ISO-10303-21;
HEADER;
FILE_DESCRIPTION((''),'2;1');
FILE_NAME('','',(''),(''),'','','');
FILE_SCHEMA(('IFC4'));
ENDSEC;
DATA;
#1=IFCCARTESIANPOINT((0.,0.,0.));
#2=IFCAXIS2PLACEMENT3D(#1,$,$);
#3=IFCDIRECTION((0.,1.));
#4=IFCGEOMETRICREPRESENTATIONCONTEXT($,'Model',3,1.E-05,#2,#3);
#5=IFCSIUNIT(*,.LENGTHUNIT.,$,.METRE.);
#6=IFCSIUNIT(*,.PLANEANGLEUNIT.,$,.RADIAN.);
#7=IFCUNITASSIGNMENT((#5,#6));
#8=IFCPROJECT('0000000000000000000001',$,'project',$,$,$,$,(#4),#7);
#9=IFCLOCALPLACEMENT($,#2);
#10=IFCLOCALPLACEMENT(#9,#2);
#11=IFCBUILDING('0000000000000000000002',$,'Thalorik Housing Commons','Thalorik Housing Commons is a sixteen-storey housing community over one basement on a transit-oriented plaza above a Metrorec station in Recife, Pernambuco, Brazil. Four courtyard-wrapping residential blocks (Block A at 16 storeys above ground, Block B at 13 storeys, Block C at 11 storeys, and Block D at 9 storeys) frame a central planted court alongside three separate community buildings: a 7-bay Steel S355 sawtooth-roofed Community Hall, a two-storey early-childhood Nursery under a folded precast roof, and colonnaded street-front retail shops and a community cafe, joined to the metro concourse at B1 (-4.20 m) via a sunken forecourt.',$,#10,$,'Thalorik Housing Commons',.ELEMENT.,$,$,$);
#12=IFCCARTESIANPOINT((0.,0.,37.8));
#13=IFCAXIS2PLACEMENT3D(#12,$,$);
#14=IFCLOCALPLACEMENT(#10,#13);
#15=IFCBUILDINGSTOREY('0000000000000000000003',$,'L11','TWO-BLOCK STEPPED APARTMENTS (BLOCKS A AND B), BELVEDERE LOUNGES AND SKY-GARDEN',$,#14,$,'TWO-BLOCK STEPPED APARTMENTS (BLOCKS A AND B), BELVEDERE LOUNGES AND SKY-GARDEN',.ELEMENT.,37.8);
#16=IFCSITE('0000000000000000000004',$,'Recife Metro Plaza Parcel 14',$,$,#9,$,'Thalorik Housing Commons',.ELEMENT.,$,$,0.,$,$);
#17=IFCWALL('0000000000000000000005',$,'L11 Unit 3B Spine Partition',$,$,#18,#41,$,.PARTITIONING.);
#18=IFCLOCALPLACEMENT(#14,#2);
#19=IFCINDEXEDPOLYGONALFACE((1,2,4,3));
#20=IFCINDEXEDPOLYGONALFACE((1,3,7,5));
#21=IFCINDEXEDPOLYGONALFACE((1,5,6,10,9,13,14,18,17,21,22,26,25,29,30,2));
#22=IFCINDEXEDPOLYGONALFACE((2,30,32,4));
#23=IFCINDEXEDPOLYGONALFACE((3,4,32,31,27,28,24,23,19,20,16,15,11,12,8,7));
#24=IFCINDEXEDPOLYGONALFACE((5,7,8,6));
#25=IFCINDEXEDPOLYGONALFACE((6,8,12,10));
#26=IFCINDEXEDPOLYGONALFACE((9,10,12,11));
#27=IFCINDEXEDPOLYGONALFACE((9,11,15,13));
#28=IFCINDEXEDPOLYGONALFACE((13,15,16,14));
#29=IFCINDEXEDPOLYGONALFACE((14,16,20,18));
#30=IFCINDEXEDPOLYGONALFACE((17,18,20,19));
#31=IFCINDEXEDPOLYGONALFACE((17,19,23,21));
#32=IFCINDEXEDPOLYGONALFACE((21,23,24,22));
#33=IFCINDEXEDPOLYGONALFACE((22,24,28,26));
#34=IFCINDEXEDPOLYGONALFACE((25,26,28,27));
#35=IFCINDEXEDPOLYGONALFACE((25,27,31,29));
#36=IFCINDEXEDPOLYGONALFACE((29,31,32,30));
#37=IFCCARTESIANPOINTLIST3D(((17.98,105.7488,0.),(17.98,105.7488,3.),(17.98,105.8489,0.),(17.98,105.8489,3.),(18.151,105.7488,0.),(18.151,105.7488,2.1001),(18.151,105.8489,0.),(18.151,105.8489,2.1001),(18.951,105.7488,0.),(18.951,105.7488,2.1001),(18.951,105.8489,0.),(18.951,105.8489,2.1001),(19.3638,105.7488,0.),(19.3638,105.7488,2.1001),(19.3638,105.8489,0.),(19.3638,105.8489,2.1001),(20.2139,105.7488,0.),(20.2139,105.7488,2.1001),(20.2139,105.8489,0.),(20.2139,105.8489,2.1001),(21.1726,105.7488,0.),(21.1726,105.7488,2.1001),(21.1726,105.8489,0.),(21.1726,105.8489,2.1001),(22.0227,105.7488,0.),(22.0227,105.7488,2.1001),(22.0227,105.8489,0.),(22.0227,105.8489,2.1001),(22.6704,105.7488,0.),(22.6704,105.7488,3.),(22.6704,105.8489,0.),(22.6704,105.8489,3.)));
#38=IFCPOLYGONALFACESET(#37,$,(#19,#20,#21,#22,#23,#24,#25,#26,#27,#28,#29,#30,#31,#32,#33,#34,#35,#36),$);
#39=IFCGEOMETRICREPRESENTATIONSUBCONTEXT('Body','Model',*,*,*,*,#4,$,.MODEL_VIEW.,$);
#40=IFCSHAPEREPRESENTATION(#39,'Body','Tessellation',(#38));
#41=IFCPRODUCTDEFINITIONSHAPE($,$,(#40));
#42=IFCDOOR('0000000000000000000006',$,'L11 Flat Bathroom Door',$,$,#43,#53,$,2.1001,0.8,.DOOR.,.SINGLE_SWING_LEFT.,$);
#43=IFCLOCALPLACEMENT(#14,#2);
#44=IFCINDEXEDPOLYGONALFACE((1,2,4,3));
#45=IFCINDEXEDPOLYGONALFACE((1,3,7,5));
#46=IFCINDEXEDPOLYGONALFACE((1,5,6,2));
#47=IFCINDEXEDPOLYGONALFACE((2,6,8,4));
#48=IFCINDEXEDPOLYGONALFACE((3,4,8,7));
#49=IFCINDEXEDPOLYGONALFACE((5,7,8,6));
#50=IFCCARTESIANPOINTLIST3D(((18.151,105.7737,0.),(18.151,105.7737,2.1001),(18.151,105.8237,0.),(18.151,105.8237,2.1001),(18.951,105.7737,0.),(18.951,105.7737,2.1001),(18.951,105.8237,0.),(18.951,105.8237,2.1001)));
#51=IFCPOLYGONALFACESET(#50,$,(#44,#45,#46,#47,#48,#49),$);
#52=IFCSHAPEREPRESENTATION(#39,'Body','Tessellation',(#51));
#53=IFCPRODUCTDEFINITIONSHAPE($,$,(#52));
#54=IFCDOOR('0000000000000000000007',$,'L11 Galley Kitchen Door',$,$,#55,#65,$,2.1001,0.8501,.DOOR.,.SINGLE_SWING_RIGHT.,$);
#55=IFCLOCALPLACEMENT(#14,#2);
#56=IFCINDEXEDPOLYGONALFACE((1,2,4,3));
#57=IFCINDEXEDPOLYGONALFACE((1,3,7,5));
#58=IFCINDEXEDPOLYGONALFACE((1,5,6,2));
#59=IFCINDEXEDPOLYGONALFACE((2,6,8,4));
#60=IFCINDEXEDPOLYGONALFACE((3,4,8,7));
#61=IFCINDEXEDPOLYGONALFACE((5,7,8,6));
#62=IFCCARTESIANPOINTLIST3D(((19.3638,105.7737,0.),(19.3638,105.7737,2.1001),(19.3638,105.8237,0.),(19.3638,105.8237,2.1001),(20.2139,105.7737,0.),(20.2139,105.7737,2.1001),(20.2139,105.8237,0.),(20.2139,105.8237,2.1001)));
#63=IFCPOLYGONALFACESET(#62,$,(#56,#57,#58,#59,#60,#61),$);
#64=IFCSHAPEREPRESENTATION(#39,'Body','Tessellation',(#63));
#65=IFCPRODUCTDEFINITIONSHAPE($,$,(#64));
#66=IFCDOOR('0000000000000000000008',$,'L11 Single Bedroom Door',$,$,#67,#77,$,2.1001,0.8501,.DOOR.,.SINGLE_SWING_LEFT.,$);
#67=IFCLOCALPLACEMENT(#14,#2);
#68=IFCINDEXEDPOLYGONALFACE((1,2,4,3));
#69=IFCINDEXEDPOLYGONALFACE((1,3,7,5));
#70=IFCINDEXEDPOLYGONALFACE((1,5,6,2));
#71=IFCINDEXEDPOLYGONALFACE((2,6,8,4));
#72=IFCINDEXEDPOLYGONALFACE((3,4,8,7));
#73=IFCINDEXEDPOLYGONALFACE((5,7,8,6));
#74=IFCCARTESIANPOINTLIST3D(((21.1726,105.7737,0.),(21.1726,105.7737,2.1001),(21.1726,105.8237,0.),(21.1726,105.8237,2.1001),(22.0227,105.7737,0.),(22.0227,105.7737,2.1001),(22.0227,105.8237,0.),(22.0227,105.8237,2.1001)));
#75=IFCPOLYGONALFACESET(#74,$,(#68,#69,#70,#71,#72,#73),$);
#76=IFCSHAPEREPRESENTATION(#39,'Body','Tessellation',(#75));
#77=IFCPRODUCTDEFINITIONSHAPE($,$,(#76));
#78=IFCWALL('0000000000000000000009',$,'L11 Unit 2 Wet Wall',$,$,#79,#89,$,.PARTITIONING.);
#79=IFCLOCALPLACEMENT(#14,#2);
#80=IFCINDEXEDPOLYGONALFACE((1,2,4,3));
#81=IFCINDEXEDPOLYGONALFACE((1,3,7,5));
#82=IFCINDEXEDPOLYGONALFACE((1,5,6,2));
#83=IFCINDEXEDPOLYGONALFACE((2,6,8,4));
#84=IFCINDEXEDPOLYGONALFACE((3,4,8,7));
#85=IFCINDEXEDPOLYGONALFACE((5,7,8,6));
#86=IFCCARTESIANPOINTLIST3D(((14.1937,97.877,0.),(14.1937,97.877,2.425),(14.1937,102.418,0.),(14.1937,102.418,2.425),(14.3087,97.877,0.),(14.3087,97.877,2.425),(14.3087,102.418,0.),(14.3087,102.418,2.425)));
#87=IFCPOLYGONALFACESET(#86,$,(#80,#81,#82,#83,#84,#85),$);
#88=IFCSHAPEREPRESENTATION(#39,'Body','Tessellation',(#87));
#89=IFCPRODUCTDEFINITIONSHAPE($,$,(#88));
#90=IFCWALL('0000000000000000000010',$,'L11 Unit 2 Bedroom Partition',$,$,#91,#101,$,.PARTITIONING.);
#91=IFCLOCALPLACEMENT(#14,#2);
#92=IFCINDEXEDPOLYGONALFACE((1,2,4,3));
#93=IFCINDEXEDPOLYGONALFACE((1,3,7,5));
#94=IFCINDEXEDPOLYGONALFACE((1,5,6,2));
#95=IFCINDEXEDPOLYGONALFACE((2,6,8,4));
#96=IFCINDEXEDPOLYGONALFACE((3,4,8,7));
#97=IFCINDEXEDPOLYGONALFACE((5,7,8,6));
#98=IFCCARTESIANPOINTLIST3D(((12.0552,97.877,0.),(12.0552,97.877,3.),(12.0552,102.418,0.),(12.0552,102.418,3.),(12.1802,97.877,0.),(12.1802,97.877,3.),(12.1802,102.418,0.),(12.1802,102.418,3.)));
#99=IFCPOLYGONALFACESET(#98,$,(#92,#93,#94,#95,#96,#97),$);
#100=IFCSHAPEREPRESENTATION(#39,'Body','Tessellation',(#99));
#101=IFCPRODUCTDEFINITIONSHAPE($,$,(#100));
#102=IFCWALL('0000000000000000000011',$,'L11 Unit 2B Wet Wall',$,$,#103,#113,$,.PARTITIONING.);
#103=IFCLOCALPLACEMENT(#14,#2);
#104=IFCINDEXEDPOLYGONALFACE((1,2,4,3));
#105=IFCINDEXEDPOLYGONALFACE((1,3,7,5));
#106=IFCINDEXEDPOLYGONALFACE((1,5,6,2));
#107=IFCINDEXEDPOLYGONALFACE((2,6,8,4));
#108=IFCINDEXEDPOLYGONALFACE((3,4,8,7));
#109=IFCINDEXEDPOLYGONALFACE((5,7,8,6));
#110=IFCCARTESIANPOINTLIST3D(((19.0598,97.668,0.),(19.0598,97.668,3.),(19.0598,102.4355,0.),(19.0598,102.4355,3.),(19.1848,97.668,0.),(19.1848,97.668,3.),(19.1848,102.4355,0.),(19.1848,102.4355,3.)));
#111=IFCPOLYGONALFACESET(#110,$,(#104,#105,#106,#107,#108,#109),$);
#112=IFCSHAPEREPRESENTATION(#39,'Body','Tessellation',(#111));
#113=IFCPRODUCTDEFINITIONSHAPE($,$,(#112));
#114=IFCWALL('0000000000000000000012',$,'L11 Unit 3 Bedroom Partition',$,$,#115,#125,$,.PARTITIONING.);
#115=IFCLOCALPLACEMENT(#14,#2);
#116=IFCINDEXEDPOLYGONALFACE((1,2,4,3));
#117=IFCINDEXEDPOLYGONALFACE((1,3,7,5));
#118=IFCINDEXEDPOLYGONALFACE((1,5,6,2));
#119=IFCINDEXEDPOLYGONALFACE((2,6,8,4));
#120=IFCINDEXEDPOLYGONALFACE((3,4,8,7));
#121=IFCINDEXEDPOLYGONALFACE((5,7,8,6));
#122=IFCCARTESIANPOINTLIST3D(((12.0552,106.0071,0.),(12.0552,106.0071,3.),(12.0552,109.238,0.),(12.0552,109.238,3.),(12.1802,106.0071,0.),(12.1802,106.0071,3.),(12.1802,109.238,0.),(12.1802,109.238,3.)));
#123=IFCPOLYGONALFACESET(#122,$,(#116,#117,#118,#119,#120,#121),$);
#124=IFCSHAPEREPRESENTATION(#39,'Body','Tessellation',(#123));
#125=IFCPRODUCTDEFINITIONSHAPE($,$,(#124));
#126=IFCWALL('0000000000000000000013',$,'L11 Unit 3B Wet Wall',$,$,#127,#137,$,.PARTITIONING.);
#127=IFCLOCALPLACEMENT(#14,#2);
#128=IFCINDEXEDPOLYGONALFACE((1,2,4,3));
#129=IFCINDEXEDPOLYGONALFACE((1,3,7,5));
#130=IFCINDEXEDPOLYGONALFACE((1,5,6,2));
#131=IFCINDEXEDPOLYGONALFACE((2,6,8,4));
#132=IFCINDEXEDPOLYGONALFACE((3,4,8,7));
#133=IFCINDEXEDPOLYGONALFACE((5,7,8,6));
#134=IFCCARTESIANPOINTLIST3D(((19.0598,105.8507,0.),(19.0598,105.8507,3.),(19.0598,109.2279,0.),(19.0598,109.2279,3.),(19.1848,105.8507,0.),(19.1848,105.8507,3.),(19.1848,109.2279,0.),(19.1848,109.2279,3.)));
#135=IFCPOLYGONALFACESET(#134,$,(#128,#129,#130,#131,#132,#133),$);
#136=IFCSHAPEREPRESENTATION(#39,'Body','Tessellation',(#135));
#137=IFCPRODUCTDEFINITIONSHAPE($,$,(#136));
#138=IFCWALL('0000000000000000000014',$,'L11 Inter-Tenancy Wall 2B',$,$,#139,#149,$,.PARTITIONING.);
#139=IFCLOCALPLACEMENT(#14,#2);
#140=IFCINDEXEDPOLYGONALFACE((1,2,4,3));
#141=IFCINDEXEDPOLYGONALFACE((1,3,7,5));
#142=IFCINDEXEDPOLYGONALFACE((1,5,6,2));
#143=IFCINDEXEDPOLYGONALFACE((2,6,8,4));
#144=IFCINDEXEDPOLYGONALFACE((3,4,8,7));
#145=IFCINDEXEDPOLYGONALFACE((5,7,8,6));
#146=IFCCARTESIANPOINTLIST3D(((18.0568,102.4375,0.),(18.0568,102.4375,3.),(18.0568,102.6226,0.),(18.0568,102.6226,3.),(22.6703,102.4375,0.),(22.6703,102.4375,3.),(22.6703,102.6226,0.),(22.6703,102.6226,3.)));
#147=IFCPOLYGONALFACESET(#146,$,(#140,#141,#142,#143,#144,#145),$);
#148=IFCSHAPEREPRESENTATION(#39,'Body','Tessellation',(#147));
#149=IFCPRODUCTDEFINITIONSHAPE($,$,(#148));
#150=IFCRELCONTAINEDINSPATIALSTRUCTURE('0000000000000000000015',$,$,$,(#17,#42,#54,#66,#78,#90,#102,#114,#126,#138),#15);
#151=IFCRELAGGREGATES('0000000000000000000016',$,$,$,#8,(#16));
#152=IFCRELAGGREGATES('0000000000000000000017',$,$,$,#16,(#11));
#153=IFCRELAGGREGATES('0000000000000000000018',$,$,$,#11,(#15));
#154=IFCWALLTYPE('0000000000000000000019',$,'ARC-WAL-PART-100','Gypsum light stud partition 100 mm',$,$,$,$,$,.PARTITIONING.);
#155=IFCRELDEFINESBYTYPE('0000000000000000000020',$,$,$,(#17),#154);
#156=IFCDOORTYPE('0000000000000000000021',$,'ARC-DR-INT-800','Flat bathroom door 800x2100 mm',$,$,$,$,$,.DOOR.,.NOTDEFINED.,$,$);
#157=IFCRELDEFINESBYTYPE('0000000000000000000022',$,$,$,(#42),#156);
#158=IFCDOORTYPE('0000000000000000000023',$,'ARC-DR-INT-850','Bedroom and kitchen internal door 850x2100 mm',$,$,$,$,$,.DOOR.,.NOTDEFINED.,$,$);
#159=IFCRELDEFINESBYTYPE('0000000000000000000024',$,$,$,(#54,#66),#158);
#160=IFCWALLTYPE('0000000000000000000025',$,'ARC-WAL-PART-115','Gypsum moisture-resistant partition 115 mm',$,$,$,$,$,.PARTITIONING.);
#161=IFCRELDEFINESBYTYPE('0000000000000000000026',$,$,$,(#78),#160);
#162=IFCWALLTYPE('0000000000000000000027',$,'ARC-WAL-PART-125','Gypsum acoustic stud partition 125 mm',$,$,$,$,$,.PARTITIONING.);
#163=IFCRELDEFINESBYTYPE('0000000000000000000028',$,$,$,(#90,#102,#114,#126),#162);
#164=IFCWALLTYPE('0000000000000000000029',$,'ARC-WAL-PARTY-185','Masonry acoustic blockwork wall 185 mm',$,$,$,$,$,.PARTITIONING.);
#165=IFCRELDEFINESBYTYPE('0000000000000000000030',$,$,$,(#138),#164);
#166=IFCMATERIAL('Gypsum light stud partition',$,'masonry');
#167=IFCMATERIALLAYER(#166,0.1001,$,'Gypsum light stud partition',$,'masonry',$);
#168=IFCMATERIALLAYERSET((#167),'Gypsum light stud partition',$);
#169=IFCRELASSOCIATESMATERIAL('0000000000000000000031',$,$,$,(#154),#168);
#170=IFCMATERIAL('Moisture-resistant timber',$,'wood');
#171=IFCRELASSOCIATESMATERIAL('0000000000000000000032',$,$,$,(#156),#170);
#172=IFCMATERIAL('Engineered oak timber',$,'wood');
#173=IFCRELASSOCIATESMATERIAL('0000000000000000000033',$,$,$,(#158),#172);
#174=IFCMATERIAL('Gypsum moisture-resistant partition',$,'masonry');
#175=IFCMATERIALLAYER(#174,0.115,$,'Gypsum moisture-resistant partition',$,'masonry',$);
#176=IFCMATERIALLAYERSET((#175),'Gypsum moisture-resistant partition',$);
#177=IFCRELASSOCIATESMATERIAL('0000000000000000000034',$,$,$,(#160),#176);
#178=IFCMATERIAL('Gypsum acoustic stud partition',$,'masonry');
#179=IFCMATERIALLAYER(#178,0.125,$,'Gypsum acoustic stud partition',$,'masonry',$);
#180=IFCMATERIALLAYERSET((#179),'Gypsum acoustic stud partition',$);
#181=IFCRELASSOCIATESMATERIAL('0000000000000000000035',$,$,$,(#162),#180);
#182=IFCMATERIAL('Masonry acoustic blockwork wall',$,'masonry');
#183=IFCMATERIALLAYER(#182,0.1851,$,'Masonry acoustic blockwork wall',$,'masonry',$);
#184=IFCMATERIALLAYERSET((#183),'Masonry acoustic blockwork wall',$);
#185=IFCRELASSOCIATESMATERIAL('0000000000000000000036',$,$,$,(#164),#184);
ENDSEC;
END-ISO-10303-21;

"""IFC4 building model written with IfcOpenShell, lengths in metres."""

from ifc_helpers import new_model, si_unit, direction, frame, frame_2d, origin, place, context, subcontext, project, spatial, rectangle, extrude, material, layer, layer_set, type_object, element, fill, save


model = new_model("IFC4")

# Units and contexts
model_context = context("Model", 3, precision=1e-05, world=origin(), true_north=direction((0.0, 1.0)))
body_context = subcontext(model_context, "Body", "Model", "MODEL_VIEW")
ifc_project = project(units=[si_unit("LENGTHUNIT", "METRE"), si_unit("PLANEANGLEUNIT", "RADIAN")], contexts=[model_context])

# Site, building, storey
site_placement = place(None, origin())
site = spatial("IfcSite", under=ifc_project, at=site_placement, Name="Recife Metro Plaza Parcel 14", LongName="Thalorik Housing Commons", CompositionType="ELEMENT", RefElevation=0.0)
building_placement = place(site_placement, origin())
building = spatial("IfcBuilding", under=site, at=building_placement, Name="Thalorik Housing Commons", Description="Thalorik Housing Commons is a sixteen-storey housing community over one basement on a transit-oriented plaza above a Metrorec station in Recife, Pernambuco, Brazil. Four courtyard-wrapping residential blocks (Block A at 16 storeys above ground, Block B at 13 storeys, Block C at 11 storeys, and Block D at 9 storeys) frame a central planted court alongside three separate community buildings: a 7-bay Steel S355 sawtooth-roofed Community Hall, a two-storey early-childhood Nursery under a folded precast roof, and colonnaded street-front retail shops and a community cafe, joined to the metro concourse at B1 (-4.20 m) via a sunken forecourt.", LongName="Thalorik Housing Commons", CompositionType="ELEMENT")
storey_placement = place(building_placement, frame((0.0, 0.0, 37.8)))
storey = spatial("IfcBuildingStorey", under=building, at=storey_placement, Name="L11", Description="TWO-BLOCK STEPPED APARTMENTS (BLOCKS A AND B), BELVEDERE LOUNGES AND SKY-GARDEN", LongName="TWO-BLOCK STEPPED APARTMENTS (BLOCKS A AND B), BELVEDERE LOUNGES AND SKY-GARDEN", CompositionType="ELEMENT", Elevation=37.8)

# Wall, openings, doors
ifc_material_1 = material(Name="Gypsum light stud partition", Category="masonry")
ifc_layer_1 = layer(ifc_material_1, 0.1001, Name="Gypsum light stud partition", Category="masonry")
ifc_layer_set_1 = layer_set([ifc_layer_1], Name="Gypsum light stud partition")
wall_type_1 = type_object("IfcWallType", Name="ARC-WAL-PART-100", Description="Gypsum light stud partition 100 mm", PredefinedType="PARTITIONING", material=ifc_layer_set_1)
ifc_material_2 = material(Name="Moisture-resistant timber", Category="wood")
door_type_1 = type_object("IfcDoorType", Name="ARC-DR-INT-800", Description="Flat bathroom door 800x2100 mm", OperationType="NOTDEFINED", PredefinedType="DOOR", material=ifc_material_2)
ifc_material_3 = material(Name="Engineered oak timber", Category="wood")
door_type_2 = type_object("IfcDoorType", Name="ARC-DR-INT-850", Description="Bedroom and kitchen internal door 850x2100 mm", OperationType="NOTDEFINED", PredefinedType="DOOR", material=ifc_material_3)
wall_1_placement = place(storey_placement, frame((17.98, 105.7988, 0.0), z_axis=(0.0, 0.0, 1.0), x_axis=(1.0, 0.0, 0.0)))
wall_1 = element("IfcWall", 1, at=wall_1_placement, inside=storey, type_object=wall_type_1, Name="L11 Unit 3B Spine Partition", PredefinedType="PARTITIONING", context=body_context, shape_type="SweptSolid", body=[
    extrude(rectangle(XDim=4.6904, YDim=0.1001, at=frame_2d((2.3452, 0.0))), origin(), (0.0, 0.0, 1.0), 3.0),
])
opening_1_placement = place(wall_1_placement, frame((0.1711, 0.0, 0.0)))
opening_1 = element("IfcOpeningElement", 2, at=opening_1_placement, cuts=wall_1, PredefinedType="OPENING", context=body_context, shape_type="SweptSolid", body=[
    extrude(rectangle(XDim=0.8, YDim=2.1001, at=frame_2d((0.3999, 1.05))), frame((0.0, 0.0601, 0.0), z_axis=(0.0, -1.0, 0.0), x_axis=(1.0, 0.0, 0.0)), (0.0, 0.0, 1.0), 0.1201),
])
opening_2_placement = place(wall_1_placement, frame((1.3838, 0.0, 0.0)))
opening_2 = element("IfcOpeningElement", 3, at=opening_2_placement, cuts=wall_1, PredefinedType="OPENING", context=body_context, shape_type="SweptSolid", body=[
    extrude(rectangle(XDim=0.8501, YDim=2.1001, at=frame_2d((0.425, 1.05))), frame((0.0, 0.0601, 0.0), z_axis=(0.0, -1.0, 0.0), x_axis=(1.0, 0.0, 0.0)), (0.0, 0.0, 1.0), 0.1201),
])
opening_3_placement = place(wall_1_placement, frame((3.1926, 0.0, 0.0)))
opening_3 = element("IfcOpeningElement", 4, at=opening_3_placement, cuts=wall_1, PredefinedType="OPENING", context=body_context, shape_type="SweptSolid", body=[
    extrude(rectangle(XDim=0.8501, YDim=2.1001, at=frame_2d((0.425, 1.05))), frame((0.0, 0.0601, 0.0), z_axis=(0.0, -1.0, 0.0), x_axis=(1.0, 0.0, 0.0)), (0.0, 0.0, 1.0), 0.1201),
])
door_1_placement = place(opening_1_placement, origin())
door_1 = element("IfcDoor", 5, at=door_1_placement, inside=storey, type_object=door_type_1, Name="L11 Flat Bathroom Door", OperationType="SINGLE_SWING_LEFT", OverallHeight=2.1001, OverallWidth=0.8, PredefinedType="DOOR", context=body_context, shape_type="SweptSolid", body=[
    extrude(rectangle(XDim=0.8, YDim=2.1001, at=frame_2d((0.3999, 1.05))), frame((0.0, 0.0249, 0.0), z_axis=(0.0, -1.0, 0.0), x_axis=(1.0, 0.0, 0.0)), (0.0, 0.0, 1.0), 0.05),
])
fill(opening_1, door_1)
door_2_placement = place(opening_2_placement, origin())
door_2 = element("IfcDoor", 6, at=door_2_placement, inside=storey, type_object=door_type_2, Name="L11 Galley Kitchen Door", OperationType="SINGLE_SWING_RIGHT", OverallHeight=2.1001, OverallWidth=0.8501, PredefinedType="DOOR", context=body_context, shape_type="SweptSolid", body=[
    extrude(rectangle(XDim=0.8501, YDim=2.1001, at=frame_2d((0.425, 1.05))), frame((0.0, 0.0249, 0.0), z_axis=(0.0, -1.0, 0.0), x_axis=(1.0, 0.0, 0.0)), (0.0, 0.0, 1.0), 0.05),
])
fill(opening_2, door_2)
door_3_placement = place(opening_3_placement, origin())
door_3 = element("IfcDoor", 7, at=door_3_placement, inside=storey, type_object=door_type_2, Name="L11 Single Bedroom Door", OperationType="SINGLE_SWING_LEFT", OverallHeight=2.1001, OverallWidth=0.8501, PredefinedType="DOOR", context=body_context, shape_type="SweptSolid", body=[
    extrude(rectangle(XDim=0.8501, YDim=2.1001, at=frame_2d((0.425, 1.05))), frame((0.0, 0.0249, 0.0), z_axis=(0.0, -1.0, 0.0), x_axis=(1.0, 0.0, 0.0)), (0.0, 0.0, 1.0), 0.05),
])
fill(opening_3, door_3)

# Walls
ifc_material_4 = material(Name="Gypsum moisture-resistant partition", Category="masonry")
ifc_layer_2 = layer(ifc_material_4, 0.115, Name="Gypsum moisture-resistant partition", Category="masonry")
ifc_layer_set_2 = layer_set([ifc_layer_2], Name="Gypsum moisture-resistant partition")
wall_type_2 = type_object("IfcWallType", Name="ARC-WAL-PART-115", Description="Gypsum moisture-resistant partition 115 mm", PredefinedType="PARTITIONING", material=ifc_layer_set_2)
wall_2_placement = place(storey_placement, frame((14.2512, 97.877, 0.0), z_axis=(0.0, 0.0, 1.0), x_axis=(0.0, 1.0, 0.0)))
element("IfcWall", 8, at=wall_2_placement, inside=storey, type_object=wall_type_2, Name="L11 Unit 2 Wet Wall", PredefinedType="PARTITIONING", context=body_context, shape_type="SweptSolid", body=[
    extrude(rectangle(XDim=4.541, YDim=0.115, at=frame_2d((2.2705, 0.0))), origin(), (0.0, 0.0, 1.0), 2.425),
])
ifc_material_5 = material(Name="Gypsum acoustic stud partition", Category="masonry")
ifc_layer_3 = layer(ifc_material_5, 0.125, Name="Gypsum acoustic stud partition", Category="masonry")
ifc_layer_set_3 = layer_set([ifc_layer_3], Name="Gypsum acoustic stud partition")
wall_type_3 = type_object("IfcWallType", Name="ARC-WAL-PART-125", Description="Gypsum acoustic stud partition 125 mm", PredefinedType="PARTITIONING", material=ifc_layer_set_3)
wall_3_placement = place(storey_placement, frame((12.1177, 97.877, 0.0), z_axis=(0.0, 0.0, 1.0), x_axis=(0.0, 1.0, 0.0)))
element("IfcWall", 9, at=wall_3_placement, inside=storey, type_object=wall_type_3, Name="L11 Unit 2 Bedroom Partition", PredefinedType="PARTITIONING", context=body_context, shape_type="SweptSolid", body=[
    extrude(rectangle(XDim=4.541, YDim=0.125, at=frame_2d((2.2705, 0.0))), origin(), (0.0, 0.0, 1.0), 3.0),
])
wall_4_placement = place(storey_placement, frame((19.1223, 97.668, 0.0), z_axis=(0.0, 0.0, 1.0), x_axis=(0.0, 1.0, 0.0)))
element("IfcWall", 10, at=wall_4_placement, inside=storey, type_object=wall_type_3, Name="L11 Unit 2B Wet Wall", PredefinedType="PARTITIONING", context=body_context, shape_type="SweptSolid", body=[
    extrude(rectangle(XDim=4.7676, YDim=0.125, at=frame_2d((2.3838, 0.0))), origin(), (0.0, 0.0, 1.0), 3.0),
])
wall_5_placement = place(storey_placement, frame((12.1177, 106.0071, 0.0), z_axis=(0.0, 0.0, 1.0), x_axis=(0.0, 1.0, 0.0)))
element("IfcWall", 11, at=wall_5_placement, inside=storey, type_object=wall_type_3, Name="L11 Unit 3 Bedroom Partition", PredefinedType="PARTITIONING", context=body_context, shape_type="SweptSolid", body=[
    extrude(rectangle(XDim=3.231, YDim=0.125, at=frame_2d((1.6155, 0.0))), origin(), (0.0, 0.0, 1.0), 3.0),
])
wall_6_placement = place(storey_placement, frame((19.1223, 105.8508, 0.0), z_axis=(0.0, 0.0, 1.0), x_axis=(0.0, 1.0, 0.0)))
element("IfcWall", 12, at=wall_6_placement, inside=storey, type_object=wall_type_3, Name="L11 Unit 3B Wet Wall", PredefinedType="PARTITIONING", context=body_context, shape_type="SweptSolid", body=[
    extrude(rectangle(XDim=3.3772, YDim=0.125, at=frame_2d((1.6885, 0.0))), origin(), (0.0, 0.0, 1.0), 3.0),
])
ifc_material_6 = material(Name="Masonry acoustic blockwork wall", Category="masonry")
ifc_layer_4 = layer(ifc_material_6, 0.1851, Name="Masonry acoustic blockwork wall", Category="masonry")
ifc_layer_set_4 = layer_set([ifc_layer_4], Name="Masonry acoustic blockwork wall")
wall_type_4 = type_object("IfcWallType", Name="ARC-WAL-PARTY-185", Description="Masonry acoustic blockwork wall 185 mm", PredefinedType="PARTITIONING", material=ifc_layer_set_4)
wall_7_placement = place(storey_placement, frame((18.0569, 102.53, 0.0), z_axis=(0.0, 0.0, 1.0), x_axis=(1.0, 0.0, 0.0)))
element("IfcWall", 13, at=wall_7_placement, inside=storey, type_object=wall_type_4, Name="L11 Inter-Tenancy Wall 2B", PredefinedType="PARTITIONING", context=body_context, shape_type="SweptSolid", body=[
    extrude(rectangle(XDim=4.6135, YDim=0.1851, at=frame_2d((2.3066, 0.0))), origin(), (0.0, 0.0, 1.0), 3.0),
])

save(model, "model.ifc")
